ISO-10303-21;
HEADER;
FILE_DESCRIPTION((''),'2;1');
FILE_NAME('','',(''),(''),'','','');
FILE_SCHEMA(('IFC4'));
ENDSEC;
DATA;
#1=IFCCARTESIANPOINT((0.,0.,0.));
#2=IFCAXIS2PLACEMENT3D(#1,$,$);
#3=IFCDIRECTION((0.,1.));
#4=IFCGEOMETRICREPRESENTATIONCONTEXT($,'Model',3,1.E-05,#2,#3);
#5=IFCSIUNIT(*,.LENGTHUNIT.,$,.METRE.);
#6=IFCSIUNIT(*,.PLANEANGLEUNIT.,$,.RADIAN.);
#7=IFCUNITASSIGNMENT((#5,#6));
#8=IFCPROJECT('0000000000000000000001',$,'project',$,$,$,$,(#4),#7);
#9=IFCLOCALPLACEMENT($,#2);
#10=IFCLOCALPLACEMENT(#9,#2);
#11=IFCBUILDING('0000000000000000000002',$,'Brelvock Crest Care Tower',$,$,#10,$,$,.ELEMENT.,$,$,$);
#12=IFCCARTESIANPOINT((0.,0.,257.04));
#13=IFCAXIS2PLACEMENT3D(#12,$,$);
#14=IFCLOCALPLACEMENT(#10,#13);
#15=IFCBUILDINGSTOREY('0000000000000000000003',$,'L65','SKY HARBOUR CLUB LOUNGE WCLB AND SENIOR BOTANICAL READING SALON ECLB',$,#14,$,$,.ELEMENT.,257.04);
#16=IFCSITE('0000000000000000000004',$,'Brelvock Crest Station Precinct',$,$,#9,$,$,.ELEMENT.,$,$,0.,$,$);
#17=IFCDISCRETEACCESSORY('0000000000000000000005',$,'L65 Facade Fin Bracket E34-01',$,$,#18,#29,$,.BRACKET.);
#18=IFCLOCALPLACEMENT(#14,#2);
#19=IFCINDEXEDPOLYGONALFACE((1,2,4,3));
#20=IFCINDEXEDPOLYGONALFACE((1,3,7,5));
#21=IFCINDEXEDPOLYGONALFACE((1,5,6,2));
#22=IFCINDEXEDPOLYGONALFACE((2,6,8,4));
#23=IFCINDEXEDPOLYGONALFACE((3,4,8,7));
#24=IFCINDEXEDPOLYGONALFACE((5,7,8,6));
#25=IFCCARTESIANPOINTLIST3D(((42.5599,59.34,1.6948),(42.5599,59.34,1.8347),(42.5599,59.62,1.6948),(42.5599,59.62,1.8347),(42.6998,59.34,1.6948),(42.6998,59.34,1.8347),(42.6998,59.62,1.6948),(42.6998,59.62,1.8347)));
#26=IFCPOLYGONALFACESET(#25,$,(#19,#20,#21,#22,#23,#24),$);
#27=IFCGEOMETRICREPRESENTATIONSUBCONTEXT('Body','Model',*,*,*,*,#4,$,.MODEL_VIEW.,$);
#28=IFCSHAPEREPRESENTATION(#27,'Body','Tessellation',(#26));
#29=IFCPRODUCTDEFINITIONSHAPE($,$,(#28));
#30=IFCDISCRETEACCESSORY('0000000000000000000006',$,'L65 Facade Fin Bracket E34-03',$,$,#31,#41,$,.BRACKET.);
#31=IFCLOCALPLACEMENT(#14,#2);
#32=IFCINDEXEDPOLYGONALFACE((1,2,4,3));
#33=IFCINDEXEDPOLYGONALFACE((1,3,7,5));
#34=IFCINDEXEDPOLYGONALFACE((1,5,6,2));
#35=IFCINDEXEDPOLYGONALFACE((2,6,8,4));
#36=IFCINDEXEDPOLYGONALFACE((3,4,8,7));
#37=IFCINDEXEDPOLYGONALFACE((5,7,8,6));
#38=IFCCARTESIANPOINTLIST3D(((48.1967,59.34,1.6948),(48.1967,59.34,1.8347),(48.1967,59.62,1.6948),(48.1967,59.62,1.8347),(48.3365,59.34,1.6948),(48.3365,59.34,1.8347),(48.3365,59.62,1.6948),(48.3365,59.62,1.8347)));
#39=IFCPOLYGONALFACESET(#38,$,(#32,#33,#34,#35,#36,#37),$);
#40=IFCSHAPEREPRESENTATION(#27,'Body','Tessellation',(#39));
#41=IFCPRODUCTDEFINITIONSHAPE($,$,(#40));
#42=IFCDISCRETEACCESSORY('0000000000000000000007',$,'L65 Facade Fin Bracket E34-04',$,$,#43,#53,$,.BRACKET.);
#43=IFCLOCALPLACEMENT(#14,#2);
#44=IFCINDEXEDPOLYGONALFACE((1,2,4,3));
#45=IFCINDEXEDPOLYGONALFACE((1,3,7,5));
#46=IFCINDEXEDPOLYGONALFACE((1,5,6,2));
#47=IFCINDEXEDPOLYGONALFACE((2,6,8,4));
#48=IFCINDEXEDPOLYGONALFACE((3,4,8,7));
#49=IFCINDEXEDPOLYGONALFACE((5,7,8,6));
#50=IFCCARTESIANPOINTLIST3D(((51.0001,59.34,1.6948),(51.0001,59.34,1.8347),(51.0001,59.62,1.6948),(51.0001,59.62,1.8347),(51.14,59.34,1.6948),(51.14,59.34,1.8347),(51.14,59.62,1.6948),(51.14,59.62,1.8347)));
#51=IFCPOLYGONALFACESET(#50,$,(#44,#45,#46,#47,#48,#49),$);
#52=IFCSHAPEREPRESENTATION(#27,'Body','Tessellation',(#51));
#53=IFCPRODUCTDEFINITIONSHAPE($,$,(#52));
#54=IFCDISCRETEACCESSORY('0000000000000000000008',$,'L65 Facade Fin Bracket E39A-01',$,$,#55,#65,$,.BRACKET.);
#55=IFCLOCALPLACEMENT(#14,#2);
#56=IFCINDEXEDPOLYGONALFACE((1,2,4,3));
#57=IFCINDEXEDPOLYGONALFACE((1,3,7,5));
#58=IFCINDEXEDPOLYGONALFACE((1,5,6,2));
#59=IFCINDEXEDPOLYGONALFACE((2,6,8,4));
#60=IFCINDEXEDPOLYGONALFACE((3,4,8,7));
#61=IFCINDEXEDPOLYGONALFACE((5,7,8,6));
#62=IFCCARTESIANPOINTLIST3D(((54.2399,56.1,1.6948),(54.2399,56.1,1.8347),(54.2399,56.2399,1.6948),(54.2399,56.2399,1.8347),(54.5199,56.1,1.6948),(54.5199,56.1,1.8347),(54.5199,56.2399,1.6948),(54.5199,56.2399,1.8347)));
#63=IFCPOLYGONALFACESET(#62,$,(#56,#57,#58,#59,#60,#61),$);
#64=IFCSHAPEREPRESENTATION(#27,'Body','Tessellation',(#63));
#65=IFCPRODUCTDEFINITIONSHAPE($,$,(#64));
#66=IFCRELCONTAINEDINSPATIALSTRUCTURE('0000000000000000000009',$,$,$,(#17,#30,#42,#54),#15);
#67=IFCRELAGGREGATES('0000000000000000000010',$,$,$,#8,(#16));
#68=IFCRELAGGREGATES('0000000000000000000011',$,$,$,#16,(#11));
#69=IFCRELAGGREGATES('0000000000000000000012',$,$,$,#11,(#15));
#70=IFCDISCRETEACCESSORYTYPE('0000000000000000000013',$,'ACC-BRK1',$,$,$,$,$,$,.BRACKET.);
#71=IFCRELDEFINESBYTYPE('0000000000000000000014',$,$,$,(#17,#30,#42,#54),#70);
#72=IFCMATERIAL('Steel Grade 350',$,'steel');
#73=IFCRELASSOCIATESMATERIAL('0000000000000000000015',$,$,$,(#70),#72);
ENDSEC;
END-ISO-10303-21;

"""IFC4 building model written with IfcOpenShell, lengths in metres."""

from ifc_helpers import new_model, si_unit, direction, frame, origin, origin_2d, place, context, subcontext, project, spatial, rectangle, extrude, source, transform, mapped, material, type_object, element, save


model = new_model("IFC4")

# Units and contexts
model_context = context("Model", 3, precision=1e-05, world=origin(), true_north=direction((0.0, 1.0)))
body_context = subcontext(model_context, "Body", "Model", "MODEL_VIEW")
ifc_project = project(units=[si_unit("LENGTHUNIT", "METRE"), si_unit("PLANEANGLEUNIT", "RADIAN")], contexts=[model_context])

# Site, building, storey
site_placement = place(None, origin())
site = spatial("IfcSite", under=ifc_project, at=site_placement, Name="Brelvock Crest Station Precinct", CompositionType="ELEMENT", RefElevation=0.0)
building_placement = place(site_placement, origin())
building = spatial("IfcBuilding", under=site, at=building_placement, Name="Brelvock Crest Care Tower", CompositionType="ELEMENT")
storey_placement = place(building_placement, frame((0.0, 0.0, 257.04)))
storey = spatial("IfcBuildingStorey", under=building, at=storey_placement, Name="L65", Description="SKY HARBOUR CLUB LOUNGE WCLB AND SENIOR BOTANICAL READING SALON ECLB", CompositionType="ELEMENT", Elevation=257.04)

# Discrete accessories
ifc_material_1 = material(Name="Steel Grade 350", Category="steel")
discrete_accessory_type = type_object("IfcDiscreteAccessoryType", Name="ACC-BRK1", PredefinedType="BRACKET", material=ifc_material_1)
shared_shape_1 = source(origin(), body_context, "Body", "SweptSolid", [
    extrude(rectangle(XDim=0.28, YDim=0.1399, at=origin_2d()), origin(), (0.0, 0.0, 1.0), 0.1399),
])
for number, where, z_axis, x_axis, name in (
    (1, (42.6299, 59.48, 1.6948), (0.0, 0.0, 1.0), (0.0, 1.0, 0.0), "L65 Facade Fin Bracket E34-01"),
    (2, (48.2666, 59.48, 1.6948), (0.0, 0.0, 1.0), (0.0, 1.0, 0.0), "L65 Facade Fin Bracket E34-03"),
    (3, (51.0701, 59.48, 1.6948), (0.0, 0.0, 1.0), (0.0, 1.0, 0.0), "L65 Facade Fin Bracket E34-04"),
    (4, (54.3799, 56.1699, 1.6948), (0.0, 0.0, 1.0), (1.0, 0.0, 0.0), "L65 Facade Fin Bracket E39A-01"),
):
    element("IfcDiscreteAccessory", number, at=place(storey_placement, frame(where, z_axis=z_axis, x_axis=x_axis)), inside=storey, type_object=discrete_accessory_type, Name=name, PredefinedType="BRACKET", context=body_context, shape_type="MappedRepresentation", body=[
        mapped(shared_shape_1, transform((0.0, 0.0, 0.0), x_axis=(1.0, 0.0, 0.0), y_axis=(0.0, 1.0, 0.0), z_axis=(0.0, 0.0, 1.0), scale=1.0)),
    ])

save(model, "model.ifc")
